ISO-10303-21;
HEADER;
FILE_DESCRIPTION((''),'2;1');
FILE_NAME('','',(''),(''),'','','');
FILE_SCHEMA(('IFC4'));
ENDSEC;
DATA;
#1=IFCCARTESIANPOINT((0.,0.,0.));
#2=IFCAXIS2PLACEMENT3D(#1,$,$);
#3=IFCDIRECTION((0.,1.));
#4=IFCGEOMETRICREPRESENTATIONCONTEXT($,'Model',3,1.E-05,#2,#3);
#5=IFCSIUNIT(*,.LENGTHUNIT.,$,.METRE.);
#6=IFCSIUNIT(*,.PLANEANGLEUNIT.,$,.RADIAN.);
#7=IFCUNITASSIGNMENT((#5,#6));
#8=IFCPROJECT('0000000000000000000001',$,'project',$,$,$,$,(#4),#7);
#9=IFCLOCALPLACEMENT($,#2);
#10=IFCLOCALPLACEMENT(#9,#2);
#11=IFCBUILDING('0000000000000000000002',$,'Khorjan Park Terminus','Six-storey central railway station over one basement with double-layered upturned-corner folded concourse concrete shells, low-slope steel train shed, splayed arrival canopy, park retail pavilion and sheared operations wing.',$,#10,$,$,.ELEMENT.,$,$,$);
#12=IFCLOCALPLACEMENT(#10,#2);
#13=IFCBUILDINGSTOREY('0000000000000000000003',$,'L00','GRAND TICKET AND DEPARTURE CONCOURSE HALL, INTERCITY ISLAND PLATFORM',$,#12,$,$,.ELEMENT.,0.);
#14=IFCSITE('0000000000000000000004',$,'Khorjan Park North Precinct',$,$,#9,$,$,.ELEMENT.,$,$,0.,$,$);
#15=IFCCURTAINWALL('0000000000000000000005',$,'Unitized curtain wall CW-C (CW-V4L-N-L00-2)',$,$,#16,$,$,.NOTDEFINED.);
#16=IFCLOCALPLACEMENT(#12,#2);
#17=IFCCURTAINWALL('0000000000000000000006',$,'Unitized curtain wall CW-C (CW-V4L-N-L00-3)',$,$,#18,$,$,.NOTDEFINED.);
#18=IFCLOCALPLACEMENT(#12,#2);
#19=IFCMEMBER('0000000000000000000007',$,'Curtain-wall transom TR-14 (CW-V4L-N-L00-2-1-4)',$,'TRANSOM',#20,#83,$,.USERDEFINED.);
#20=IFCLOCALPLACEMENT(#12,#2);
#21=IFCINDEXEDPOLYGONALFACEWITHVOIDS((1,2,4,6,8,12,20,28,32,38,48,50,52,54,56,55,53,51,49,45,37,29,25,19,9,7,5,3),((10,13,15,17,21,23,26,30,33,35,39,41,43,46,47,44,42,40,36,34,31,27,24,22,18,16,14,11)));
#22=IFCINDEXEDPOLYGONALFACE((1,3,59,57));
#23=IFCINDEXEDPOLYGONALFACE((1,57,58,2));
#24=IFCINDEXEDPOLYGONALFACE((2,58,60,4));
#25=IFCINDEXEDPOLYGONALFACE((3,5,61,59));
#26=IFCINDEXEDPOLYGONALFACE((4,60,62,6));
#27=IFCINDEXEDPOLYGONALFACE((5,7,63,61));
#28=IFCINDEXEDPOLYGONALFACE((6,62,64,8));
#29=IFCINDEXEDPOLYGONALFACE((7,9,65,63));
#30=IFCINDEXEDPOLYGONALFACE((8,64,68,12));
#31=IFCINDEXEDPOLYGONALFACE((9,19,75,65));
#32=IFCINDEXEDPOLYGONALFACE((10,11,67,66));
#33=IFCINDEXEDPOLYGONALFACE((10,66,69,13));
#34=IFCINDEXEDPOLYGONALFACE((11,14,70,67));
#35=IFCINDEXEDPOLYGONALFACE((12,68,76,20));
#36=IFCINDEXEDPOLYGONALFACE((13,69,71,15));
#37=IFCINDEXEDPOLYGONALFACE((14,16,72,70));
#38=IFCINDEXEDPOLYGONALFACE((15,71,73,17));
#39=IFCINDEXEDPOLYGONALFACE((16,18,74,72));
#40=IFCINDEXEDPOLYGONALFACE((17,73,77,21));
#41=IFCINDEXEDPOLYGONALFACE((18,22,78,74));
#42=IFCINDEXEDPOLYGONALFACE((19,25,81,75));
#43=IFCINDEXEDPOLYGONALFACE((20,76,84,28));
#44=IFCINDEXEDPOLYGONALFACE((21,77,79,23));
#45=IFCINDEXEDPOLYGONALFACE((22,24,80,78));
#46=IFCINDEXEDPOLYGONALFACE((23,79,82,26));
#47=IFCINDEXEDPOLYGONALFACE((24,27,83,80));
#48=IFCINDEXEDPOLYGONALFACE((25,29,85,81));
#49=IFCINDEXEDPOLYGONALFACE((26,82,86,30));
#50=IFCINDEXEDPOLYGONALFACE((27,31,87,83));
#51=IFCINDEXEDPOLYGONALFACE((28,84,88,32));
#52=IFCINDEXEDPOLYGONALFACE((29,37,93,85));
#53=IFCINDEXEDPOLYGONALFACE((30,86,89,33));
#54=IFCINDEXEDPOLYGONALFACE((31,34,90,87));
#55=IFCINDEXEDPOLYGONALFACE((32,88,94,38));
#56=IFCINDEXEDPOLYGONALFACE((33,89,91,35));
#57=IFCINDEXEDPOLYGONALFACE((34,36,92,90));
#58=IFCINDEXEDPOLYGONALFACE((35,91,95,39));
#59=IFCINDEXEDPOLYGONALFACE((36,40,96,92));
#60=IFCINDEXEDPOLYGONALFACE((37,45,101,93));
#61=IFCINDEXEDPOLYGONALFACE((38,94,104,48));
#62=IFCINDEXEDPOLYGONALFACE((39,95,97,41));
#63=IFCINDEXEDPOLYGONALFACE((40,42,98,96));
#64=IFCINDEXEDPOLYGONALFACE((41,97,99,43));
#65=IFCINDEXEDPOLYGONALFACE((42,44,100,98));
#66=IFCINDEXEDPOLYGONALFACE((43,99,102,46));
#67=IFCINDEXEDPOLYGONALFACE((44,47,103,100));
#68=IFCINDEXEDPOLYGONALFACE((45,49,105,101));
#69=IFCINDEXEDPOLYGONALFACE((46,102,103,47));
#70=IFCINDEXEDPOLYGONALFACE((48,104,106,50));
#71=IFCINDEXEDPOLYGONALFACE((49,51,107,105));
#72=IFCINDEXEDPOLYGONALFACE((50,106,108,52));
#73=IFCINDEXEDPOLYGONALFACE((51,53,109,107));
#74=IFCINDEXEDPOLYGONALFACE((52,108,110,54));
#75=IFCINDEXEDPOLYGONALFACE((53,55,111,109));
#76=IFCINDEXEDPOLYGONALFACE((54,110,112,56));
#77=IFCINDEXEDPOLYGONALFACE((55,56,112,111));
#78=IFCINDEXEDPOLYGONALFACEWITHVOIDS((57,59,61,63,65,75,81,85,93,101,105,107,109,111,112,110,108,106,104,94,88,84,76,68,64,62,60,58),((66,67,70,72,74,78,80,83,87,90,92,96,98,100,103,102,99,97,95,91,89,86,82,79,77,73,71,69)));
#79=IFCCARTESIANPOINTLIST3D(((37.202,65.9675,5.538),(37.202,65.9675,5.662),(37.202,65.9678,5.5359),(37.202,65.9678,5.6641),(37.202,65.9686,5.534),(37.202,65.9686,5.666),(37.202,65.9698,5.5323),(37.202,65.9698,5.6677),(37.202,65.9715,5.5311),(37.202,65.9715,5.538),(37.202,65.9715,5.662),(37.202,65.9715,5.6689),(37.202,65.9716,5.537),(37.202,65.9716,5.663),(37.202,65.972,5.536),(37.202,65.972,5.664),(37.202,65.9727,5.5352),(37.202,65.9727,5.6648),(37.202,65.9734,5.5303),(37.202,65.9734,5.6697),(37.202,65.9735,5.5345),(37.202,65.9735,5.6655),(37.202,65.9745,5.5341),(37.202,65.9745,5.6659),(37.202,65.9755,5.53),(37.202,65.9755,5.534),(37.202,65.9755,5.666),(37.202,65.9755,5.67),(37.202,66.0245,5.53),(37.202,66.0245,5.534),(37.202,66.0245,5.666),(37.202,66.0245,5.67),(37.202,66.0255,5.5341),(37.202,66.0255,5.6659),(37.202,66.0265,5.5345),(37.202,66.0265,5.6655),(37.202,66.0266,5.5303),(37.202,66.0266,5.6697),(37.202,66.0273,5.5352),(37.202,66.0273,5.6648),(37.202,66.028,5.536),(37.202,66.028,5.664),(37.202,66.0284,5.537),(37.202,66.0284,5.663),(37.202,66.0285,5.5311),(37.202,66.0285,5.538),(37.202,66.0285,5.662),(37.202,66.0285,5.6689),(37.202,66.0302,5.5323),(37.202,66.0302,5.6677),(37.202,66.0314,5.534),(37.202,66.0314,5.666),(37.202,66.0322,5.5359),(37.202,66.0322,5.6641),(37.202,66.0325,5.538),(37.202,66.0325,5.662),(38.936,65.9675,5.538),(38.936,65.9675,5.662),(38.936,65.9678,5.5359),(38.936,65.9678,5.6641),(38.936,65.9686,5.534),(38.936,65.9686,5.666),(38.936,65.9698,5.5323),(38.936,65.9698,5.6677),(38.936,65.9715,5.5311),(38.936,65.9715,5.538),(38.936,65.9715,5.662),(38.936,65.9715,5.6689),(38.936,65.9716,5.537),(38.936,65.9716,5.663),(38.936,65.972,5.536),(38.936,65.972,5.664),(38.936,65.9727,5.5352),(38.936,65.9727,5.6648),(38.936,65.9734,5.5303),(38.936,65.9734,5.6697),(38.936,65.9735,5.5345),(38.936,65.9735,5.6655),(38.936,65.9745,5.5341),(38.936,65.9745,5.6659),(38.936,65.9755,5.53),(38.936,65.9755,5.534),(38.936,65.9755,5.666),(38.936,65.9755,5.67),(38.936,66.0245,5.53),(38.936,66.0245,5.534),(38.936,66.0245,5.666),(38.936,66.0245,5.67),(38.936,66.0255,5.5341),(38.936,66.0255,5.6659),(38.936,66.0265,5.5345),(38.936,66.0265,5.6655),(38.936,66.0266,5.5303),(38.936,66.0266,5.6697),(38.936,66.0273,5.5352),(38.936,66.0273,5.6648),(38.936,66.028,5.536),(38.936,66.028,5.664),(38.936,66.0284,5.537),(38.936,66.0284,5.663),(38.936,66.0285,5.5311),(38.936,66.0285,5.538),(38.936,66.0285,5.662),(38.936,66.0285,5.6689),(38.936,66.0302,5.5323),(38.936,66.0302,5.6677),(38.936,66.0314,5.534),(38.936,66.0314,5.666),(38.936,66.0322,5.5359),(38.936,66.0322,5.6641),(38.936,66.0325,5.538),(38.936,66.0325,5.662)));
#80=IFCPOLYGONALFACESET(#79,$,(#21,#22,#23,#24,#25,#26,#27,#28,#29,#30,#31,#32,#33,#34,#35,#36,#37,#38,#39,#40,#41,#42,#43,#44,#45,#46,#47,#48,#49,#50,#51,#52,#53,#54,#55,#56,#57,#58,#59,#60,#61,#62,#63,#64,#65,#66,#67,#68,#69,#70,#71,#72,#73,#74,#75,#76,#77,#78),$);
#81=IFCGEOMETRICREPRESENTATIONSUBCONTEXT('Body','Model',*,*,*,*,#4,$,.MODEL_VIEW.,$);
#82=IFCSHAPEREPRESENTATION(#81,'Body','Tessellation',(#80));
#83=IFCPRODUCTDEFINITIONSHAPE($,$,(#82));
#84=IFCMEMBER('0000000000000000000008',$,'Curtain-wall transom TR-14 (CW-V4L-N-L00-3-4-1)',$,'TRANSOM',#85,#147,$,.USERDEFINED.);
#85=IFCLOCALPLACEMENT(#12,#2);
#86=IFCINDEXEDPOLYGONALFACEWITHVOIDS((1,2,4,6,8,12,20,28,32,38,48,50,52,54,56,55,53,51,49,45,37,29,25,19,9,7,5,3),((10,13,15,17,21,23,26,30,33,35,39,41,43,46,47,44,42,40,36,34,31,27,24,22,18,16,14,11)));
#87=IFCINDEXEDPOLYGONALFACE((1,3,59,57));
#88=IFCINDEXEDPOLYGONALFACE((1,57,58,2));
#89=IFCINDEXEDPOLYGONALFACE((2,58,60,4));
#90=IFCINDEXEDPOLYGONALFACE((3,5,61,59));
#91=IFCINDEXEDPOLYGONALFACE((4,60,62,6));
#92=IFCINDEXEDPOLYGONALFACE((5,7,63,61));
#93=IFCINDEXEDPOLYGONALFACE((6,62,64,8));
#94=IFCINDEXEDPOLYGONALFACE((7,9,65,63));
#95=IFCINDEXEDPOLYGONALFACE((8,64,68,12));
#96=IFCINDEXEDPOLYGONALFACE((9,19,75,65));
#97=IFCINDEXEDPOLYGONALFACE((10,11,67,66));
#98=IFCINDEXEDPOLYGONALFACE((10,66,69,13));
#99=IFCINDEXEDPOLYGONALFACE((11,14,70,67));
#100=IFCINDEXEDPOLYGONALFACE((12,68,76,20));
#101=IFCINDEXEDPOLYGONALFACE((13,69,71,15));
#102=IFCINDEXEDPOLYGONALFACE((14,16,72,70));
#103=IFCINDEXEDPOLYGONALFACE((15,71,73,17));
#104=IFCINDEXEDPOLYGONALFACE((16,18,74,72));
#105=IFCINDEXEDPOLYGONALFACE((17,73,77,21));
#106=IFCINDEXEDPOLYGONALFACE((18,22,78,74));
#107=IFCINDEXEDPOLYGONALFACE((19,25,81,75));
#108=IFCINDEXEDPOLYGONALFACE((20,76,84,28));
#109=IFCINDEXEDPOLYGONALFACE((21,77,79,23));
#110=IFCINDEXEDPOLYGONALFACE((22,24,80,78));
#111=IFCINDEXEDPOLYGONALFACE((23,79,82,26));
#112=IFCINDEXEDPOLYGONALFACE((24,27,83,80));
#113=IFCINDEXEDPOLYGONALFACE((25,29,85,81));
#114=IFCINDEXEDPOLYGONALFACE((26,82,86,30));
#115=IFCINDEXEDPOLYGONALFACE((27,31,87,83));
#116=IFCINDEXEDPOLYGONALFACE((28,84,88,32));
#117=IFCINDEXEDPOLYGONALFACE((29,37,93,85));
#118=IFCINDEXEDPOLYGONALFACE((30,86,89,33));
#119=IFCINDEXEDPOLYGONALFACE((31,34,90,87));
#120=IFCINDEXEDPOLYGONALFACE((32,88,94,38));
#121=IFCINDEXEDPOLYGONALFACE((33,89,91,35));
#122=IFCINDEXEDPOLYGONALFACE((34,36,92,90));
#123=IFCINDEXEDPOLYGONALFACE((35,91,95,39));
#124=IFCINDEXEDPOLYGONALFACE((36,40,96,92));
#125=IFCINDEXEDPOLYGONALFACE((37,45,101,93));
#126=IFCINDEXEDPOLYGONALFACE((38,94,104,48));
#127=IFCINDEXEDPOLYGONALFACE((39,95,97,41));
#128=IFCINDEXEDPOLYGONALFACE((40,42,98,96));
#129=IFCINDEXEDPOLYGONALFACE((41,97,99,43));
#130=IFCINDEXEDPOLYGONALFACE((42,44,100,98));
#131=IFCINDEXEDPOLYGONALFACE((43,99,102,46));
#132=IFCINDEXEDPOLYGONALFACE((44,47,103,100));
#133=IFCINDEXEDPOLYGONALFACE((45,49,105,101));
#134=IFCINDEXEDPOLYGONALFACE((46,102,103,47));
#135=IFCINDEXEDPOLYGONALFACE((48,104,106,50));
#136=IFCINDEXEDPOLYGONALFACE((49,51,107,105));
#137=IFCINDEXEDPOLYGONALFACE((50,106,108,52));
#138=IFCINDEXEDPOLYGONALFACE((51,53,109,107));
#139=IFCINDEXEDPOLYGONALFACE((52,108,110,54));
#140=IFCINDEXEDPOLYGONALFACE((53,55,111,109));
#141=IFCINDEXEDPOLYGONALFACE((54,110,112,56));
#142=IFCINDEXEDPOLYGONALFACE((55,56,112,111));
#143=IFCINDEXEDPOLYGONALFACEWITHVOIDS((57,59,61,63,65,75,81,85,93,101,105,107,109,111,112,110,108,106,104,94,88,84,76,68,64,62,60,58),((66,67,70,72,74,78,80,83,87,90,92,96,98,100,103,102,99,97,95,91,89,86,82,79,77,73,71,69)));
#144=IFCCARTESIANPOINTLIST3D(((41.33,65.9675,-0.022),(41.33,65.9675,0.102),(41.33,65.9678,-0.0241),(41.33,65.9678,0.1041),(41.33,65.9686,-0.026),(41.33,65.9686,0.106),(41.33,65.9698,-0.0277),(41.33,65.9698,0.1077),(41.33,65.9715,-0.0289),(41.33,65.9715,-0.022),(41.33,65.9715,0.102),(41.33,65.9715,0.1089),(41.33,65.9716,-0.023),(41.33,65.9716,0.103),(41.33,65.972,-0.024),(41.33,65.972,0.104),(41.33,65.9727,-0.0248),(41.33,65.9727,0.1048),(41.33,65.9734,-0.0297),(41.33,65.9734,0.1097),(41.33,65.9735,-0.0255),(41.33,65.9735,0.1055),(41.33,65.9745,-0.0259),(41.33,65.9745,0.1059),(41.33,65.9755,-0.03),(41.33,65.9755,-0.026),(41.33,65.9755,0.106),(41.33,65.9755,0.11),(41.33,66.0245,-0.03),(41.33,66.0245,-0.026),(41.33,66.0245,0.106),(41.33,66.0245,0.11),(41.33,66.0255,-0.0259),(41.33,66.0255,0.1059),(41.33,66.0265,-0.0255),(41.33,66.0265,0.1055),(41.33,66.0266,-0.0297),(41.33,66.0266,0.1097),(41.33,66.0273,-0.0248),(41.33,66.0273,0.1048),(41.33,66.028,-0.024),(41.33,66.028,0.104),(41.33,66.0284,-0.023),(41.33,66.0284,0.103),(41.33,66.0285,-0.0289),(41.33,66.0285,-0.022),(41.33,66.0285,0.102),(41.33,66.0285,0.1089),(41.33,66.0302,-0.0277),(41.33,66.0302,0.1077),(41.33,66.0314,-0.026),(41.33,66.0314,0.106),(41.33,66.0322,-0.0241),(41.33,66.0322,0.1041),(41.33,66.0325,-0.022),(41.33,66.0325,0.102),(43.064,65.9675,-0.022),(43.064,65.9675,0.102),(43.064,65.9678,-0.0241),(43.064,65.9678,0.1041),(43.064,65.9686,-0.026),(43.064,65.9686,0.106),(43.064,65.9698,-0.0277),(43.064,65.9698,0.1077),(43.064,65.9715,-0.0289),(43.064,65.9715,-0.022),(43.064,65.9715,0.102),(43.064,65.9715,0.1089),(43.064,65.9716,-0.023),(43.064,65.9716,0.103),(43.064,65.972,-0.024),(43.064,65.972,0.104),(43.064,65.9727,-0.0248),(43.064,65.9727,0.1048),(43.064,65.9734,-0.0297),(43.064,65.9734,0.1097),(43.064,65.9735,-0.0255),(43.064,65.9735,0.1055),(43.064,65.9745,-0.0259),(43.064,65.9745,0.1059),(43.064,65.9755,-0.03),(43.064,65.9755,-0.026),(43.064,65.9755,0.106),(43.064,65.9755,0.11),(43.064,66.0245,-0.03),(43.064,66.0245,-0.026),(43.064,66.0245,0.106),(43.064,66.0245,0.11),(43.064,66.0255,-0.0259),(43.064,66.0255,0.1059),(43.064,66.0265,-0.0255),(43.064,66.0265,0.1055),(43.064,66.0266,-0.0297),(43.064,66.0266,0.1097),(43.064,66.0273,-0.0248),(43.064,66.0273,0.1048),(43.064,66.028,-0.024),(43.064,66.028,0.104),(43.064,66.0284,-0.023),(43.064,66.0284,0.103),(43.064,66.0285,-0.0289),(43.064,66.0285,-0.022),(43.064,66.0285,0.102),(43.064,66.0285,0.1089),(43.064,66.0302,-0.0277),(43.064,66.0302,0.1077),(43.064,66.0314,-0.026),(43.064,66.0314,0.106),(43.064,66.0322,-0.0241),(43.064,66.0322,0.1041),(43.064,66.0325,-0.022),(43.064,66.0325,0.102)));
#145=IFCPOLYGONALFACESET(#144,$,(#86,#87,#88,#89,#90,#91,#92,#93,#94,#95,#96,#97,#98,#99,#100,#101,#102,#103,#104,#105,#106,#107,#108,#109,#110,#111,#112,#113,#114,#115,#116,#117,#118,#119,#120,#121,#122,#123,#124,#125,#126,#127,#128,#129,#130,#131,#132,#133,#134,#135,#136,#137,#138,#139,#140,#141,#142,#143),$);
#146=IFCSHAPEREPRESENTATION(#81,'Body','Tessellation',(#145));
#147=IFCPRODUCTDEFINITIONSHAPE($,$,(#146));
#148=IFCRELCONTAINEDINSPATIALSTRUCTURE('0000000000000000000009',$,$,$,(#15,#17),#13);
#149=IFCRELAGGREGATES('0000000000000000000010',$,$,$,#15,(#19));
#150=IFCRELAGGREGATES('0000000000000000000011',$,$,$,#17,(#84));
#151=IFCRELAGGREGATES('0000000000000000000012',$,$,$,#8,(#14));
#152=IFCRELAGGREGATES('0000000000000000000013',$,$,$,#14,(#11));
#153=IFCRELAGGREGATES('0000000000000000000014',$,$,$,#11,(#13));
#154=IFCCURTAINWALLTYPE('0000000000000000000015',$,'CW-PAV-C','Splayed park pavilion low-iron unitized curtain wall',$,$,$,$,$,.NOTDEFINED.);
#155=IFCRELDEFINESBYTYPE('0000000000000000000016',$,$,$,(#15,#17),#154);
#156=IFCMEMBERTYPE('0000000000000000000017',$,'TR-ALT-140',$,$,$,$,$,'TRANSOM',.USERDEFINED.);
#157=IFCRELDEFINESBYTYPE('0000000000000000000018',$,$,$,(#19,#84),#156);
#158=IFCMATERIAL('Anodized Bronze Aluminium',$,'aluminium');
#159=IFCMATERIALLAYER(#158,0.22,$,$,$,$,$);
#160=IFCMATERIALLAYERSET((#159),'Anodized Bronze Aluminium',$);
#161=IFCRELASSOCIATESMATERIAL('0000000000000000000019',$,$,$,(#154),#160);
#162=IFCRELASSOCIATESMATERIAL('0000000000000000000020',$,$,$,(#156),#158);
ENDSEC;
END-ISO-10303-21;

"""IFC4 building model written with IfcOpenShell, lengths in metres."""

from ifc_helpers import new_model, si_unit, direction, frame, origin, origin_2d, place, context, subcontext, project, spatial, hollow_rectangle, extrude, material, layer, layer_set, material_profile, profile_set, type_object, element, aggregate, save


model = new_model("IFC4")

# Units and contexts
model_context = context("Model", 3, precision=1e-05, world=origin(), true_north=direction((0.0, 1.0)))
body_context = subcontext(model_context, "Body", "Model", "MODEL_VIEW")
ifc_project = project(units=[si_unit("LENGTHUNIT", "METRE"), si_unit("PLANEANGLEUNIT", "RADIAN")], contexts=[model_context])

# Site, building, storey
site_placement = place(None, origin())
site = spatial("IfcSite", under=ifc_project, at=site_placement, Name="Khorjan Park North Precinct", CompositionType="ELEMENT", RefElevation=0.0)
building_placement = place(site_placement, origin())
building = spatial("IfcBuilding", under=site, at=building_placement, Name="Khorjan Park Terminus", Description="Six-storey central railway station over one basement with double-layered upturned-corner folded concourse concrete shells, low-slope steel train shed, splayed arrival canopy, park retail pavilion and sheared operations wing.", CompositionType="ELEMENT")
storey_placement = place(building_placement, origin())
storey = spatial("IfcBuildingStorey", under=building, at=storey_placement, Name="L00", Description="GRAND TICKET AND DEPARTURE CONCOURSE HALL, INTERCITY ISLAND PLATFORM", CompositionType="ELEMENT", Elevation=0.0)

# Curtain wall
ifc_material_1 = material(Name="Anodized Bronze Aluminium", Category="aluminium")
ifc_layer_1 = layer(ifc_material_1, 0.22)
ifc_layer_set_1 = layer_set([ifc_layer_1], Name="Anodized Bronze Aluminium")
curtain_wall_type = type_object("IfcCurtainWallType", Name="CW-PAV-C", Description="Splayed park pavilion low-iron unitized curtain wall", PredefinedType="NOTDEFINED", material=ifc_layer_set_1)
curtain_wall_1_placement = place(storey_placement, origin())
curtain_wall_1 = element("IfcCurtainWall", 1, at=curtain_wall_1_placement, inside=storey, type_object=curtain_wall_type, Name="Unitized curtain wall CW-C (CW-V4L-N-L00-2)", PredefinedType="NOTDEFINED")

# Curtain wall
curtain_wall_2_placement = place(storey_placement, origin())
curtain_wall_2 = element("IfcCurtainWall", 2, at=curtain_wall_2_placement, inside=storey, type_object=curtain_wall_type, Name="Unitized curtain wall CW-C (CW-V4L-N-L00-3)", PredefinedType="NOTDEFINED")

# Members
ifc_material_profile_1 = material_profile(ifc_material_1, hollow_rectangle(XDim=0.065, YDim=0.14, WallThickness=0.004, InnerFilletRadius=0.004, OuterFilletRadius=0.008, at=origin_2d()), Name="ALT 65x140x4")
ifc_profile_set_1 = profile_set([ifc_material_profile_1], Name="Anodized Bronze Aluminium")
member_type_1 = type_object("IfcMemberType", Name="TR-ALT-140", ElementType="TRANSOM", PredefinedType="USERDEFINED", material=ifc_profile_set_1)
member_1_placement = place(storey_placement, frame((38.936, 66.0, 5.6), z_axis=(-1.0, 0.0, 0.0), x_axis=(0.0, -1.0, 0.0)))
member_1 = element("IfcMember", 3, at=member_1_placement, type_object=member_type_1, Name="Curtain-wall transom TR-14 (CW-V4L-N-L00-2-1-4)", ObjectType="TRANSOM", PredefinedType="USERDEFINED", context=body_context, shape_type="SweptSolid", body=[
    extrude(hollow_rectangle(XDim=0.065, YDim=0.14, WallThickness=0.004, InnerFilletRadius=0.004, OuterFilletRadius=0.008, at=origin_2d()), origin(), (0.0, 0.0, 1.0), 1.734),
])
member_2_placement = place(storey_placement, frame((43.064, 66.0, 0.04), z_axis=(-1.0, 0.0, 0.0), x_axis=(0.0, -1.0, 0.0)))
member_2 = element("IfcMember", 4, at=member_2_placement, type_object=member_type_1, Name="Curtain-wall transom TR-14 (CW-V4L-N-L00-3-4-1)", ObjectType="TRANSOM", PredefinedType="USERDEFINED", context=body_context, shape_type="SweptSolid", body=[
    extrude(hollow_rectangle(XDim=0.065, YDim=0.14, WallThickness=0.004, InnerFilletRadius=0.004, OuterFilletRadius=0.008, at=origin_2d()), origin(), (0.0, 0.0, 1.0), 1.734),
])

aggregate(curtain_wall_1, [member_1])
aggregate(curtain_wall_2, [member_2])

save(model, "model.ifc")
